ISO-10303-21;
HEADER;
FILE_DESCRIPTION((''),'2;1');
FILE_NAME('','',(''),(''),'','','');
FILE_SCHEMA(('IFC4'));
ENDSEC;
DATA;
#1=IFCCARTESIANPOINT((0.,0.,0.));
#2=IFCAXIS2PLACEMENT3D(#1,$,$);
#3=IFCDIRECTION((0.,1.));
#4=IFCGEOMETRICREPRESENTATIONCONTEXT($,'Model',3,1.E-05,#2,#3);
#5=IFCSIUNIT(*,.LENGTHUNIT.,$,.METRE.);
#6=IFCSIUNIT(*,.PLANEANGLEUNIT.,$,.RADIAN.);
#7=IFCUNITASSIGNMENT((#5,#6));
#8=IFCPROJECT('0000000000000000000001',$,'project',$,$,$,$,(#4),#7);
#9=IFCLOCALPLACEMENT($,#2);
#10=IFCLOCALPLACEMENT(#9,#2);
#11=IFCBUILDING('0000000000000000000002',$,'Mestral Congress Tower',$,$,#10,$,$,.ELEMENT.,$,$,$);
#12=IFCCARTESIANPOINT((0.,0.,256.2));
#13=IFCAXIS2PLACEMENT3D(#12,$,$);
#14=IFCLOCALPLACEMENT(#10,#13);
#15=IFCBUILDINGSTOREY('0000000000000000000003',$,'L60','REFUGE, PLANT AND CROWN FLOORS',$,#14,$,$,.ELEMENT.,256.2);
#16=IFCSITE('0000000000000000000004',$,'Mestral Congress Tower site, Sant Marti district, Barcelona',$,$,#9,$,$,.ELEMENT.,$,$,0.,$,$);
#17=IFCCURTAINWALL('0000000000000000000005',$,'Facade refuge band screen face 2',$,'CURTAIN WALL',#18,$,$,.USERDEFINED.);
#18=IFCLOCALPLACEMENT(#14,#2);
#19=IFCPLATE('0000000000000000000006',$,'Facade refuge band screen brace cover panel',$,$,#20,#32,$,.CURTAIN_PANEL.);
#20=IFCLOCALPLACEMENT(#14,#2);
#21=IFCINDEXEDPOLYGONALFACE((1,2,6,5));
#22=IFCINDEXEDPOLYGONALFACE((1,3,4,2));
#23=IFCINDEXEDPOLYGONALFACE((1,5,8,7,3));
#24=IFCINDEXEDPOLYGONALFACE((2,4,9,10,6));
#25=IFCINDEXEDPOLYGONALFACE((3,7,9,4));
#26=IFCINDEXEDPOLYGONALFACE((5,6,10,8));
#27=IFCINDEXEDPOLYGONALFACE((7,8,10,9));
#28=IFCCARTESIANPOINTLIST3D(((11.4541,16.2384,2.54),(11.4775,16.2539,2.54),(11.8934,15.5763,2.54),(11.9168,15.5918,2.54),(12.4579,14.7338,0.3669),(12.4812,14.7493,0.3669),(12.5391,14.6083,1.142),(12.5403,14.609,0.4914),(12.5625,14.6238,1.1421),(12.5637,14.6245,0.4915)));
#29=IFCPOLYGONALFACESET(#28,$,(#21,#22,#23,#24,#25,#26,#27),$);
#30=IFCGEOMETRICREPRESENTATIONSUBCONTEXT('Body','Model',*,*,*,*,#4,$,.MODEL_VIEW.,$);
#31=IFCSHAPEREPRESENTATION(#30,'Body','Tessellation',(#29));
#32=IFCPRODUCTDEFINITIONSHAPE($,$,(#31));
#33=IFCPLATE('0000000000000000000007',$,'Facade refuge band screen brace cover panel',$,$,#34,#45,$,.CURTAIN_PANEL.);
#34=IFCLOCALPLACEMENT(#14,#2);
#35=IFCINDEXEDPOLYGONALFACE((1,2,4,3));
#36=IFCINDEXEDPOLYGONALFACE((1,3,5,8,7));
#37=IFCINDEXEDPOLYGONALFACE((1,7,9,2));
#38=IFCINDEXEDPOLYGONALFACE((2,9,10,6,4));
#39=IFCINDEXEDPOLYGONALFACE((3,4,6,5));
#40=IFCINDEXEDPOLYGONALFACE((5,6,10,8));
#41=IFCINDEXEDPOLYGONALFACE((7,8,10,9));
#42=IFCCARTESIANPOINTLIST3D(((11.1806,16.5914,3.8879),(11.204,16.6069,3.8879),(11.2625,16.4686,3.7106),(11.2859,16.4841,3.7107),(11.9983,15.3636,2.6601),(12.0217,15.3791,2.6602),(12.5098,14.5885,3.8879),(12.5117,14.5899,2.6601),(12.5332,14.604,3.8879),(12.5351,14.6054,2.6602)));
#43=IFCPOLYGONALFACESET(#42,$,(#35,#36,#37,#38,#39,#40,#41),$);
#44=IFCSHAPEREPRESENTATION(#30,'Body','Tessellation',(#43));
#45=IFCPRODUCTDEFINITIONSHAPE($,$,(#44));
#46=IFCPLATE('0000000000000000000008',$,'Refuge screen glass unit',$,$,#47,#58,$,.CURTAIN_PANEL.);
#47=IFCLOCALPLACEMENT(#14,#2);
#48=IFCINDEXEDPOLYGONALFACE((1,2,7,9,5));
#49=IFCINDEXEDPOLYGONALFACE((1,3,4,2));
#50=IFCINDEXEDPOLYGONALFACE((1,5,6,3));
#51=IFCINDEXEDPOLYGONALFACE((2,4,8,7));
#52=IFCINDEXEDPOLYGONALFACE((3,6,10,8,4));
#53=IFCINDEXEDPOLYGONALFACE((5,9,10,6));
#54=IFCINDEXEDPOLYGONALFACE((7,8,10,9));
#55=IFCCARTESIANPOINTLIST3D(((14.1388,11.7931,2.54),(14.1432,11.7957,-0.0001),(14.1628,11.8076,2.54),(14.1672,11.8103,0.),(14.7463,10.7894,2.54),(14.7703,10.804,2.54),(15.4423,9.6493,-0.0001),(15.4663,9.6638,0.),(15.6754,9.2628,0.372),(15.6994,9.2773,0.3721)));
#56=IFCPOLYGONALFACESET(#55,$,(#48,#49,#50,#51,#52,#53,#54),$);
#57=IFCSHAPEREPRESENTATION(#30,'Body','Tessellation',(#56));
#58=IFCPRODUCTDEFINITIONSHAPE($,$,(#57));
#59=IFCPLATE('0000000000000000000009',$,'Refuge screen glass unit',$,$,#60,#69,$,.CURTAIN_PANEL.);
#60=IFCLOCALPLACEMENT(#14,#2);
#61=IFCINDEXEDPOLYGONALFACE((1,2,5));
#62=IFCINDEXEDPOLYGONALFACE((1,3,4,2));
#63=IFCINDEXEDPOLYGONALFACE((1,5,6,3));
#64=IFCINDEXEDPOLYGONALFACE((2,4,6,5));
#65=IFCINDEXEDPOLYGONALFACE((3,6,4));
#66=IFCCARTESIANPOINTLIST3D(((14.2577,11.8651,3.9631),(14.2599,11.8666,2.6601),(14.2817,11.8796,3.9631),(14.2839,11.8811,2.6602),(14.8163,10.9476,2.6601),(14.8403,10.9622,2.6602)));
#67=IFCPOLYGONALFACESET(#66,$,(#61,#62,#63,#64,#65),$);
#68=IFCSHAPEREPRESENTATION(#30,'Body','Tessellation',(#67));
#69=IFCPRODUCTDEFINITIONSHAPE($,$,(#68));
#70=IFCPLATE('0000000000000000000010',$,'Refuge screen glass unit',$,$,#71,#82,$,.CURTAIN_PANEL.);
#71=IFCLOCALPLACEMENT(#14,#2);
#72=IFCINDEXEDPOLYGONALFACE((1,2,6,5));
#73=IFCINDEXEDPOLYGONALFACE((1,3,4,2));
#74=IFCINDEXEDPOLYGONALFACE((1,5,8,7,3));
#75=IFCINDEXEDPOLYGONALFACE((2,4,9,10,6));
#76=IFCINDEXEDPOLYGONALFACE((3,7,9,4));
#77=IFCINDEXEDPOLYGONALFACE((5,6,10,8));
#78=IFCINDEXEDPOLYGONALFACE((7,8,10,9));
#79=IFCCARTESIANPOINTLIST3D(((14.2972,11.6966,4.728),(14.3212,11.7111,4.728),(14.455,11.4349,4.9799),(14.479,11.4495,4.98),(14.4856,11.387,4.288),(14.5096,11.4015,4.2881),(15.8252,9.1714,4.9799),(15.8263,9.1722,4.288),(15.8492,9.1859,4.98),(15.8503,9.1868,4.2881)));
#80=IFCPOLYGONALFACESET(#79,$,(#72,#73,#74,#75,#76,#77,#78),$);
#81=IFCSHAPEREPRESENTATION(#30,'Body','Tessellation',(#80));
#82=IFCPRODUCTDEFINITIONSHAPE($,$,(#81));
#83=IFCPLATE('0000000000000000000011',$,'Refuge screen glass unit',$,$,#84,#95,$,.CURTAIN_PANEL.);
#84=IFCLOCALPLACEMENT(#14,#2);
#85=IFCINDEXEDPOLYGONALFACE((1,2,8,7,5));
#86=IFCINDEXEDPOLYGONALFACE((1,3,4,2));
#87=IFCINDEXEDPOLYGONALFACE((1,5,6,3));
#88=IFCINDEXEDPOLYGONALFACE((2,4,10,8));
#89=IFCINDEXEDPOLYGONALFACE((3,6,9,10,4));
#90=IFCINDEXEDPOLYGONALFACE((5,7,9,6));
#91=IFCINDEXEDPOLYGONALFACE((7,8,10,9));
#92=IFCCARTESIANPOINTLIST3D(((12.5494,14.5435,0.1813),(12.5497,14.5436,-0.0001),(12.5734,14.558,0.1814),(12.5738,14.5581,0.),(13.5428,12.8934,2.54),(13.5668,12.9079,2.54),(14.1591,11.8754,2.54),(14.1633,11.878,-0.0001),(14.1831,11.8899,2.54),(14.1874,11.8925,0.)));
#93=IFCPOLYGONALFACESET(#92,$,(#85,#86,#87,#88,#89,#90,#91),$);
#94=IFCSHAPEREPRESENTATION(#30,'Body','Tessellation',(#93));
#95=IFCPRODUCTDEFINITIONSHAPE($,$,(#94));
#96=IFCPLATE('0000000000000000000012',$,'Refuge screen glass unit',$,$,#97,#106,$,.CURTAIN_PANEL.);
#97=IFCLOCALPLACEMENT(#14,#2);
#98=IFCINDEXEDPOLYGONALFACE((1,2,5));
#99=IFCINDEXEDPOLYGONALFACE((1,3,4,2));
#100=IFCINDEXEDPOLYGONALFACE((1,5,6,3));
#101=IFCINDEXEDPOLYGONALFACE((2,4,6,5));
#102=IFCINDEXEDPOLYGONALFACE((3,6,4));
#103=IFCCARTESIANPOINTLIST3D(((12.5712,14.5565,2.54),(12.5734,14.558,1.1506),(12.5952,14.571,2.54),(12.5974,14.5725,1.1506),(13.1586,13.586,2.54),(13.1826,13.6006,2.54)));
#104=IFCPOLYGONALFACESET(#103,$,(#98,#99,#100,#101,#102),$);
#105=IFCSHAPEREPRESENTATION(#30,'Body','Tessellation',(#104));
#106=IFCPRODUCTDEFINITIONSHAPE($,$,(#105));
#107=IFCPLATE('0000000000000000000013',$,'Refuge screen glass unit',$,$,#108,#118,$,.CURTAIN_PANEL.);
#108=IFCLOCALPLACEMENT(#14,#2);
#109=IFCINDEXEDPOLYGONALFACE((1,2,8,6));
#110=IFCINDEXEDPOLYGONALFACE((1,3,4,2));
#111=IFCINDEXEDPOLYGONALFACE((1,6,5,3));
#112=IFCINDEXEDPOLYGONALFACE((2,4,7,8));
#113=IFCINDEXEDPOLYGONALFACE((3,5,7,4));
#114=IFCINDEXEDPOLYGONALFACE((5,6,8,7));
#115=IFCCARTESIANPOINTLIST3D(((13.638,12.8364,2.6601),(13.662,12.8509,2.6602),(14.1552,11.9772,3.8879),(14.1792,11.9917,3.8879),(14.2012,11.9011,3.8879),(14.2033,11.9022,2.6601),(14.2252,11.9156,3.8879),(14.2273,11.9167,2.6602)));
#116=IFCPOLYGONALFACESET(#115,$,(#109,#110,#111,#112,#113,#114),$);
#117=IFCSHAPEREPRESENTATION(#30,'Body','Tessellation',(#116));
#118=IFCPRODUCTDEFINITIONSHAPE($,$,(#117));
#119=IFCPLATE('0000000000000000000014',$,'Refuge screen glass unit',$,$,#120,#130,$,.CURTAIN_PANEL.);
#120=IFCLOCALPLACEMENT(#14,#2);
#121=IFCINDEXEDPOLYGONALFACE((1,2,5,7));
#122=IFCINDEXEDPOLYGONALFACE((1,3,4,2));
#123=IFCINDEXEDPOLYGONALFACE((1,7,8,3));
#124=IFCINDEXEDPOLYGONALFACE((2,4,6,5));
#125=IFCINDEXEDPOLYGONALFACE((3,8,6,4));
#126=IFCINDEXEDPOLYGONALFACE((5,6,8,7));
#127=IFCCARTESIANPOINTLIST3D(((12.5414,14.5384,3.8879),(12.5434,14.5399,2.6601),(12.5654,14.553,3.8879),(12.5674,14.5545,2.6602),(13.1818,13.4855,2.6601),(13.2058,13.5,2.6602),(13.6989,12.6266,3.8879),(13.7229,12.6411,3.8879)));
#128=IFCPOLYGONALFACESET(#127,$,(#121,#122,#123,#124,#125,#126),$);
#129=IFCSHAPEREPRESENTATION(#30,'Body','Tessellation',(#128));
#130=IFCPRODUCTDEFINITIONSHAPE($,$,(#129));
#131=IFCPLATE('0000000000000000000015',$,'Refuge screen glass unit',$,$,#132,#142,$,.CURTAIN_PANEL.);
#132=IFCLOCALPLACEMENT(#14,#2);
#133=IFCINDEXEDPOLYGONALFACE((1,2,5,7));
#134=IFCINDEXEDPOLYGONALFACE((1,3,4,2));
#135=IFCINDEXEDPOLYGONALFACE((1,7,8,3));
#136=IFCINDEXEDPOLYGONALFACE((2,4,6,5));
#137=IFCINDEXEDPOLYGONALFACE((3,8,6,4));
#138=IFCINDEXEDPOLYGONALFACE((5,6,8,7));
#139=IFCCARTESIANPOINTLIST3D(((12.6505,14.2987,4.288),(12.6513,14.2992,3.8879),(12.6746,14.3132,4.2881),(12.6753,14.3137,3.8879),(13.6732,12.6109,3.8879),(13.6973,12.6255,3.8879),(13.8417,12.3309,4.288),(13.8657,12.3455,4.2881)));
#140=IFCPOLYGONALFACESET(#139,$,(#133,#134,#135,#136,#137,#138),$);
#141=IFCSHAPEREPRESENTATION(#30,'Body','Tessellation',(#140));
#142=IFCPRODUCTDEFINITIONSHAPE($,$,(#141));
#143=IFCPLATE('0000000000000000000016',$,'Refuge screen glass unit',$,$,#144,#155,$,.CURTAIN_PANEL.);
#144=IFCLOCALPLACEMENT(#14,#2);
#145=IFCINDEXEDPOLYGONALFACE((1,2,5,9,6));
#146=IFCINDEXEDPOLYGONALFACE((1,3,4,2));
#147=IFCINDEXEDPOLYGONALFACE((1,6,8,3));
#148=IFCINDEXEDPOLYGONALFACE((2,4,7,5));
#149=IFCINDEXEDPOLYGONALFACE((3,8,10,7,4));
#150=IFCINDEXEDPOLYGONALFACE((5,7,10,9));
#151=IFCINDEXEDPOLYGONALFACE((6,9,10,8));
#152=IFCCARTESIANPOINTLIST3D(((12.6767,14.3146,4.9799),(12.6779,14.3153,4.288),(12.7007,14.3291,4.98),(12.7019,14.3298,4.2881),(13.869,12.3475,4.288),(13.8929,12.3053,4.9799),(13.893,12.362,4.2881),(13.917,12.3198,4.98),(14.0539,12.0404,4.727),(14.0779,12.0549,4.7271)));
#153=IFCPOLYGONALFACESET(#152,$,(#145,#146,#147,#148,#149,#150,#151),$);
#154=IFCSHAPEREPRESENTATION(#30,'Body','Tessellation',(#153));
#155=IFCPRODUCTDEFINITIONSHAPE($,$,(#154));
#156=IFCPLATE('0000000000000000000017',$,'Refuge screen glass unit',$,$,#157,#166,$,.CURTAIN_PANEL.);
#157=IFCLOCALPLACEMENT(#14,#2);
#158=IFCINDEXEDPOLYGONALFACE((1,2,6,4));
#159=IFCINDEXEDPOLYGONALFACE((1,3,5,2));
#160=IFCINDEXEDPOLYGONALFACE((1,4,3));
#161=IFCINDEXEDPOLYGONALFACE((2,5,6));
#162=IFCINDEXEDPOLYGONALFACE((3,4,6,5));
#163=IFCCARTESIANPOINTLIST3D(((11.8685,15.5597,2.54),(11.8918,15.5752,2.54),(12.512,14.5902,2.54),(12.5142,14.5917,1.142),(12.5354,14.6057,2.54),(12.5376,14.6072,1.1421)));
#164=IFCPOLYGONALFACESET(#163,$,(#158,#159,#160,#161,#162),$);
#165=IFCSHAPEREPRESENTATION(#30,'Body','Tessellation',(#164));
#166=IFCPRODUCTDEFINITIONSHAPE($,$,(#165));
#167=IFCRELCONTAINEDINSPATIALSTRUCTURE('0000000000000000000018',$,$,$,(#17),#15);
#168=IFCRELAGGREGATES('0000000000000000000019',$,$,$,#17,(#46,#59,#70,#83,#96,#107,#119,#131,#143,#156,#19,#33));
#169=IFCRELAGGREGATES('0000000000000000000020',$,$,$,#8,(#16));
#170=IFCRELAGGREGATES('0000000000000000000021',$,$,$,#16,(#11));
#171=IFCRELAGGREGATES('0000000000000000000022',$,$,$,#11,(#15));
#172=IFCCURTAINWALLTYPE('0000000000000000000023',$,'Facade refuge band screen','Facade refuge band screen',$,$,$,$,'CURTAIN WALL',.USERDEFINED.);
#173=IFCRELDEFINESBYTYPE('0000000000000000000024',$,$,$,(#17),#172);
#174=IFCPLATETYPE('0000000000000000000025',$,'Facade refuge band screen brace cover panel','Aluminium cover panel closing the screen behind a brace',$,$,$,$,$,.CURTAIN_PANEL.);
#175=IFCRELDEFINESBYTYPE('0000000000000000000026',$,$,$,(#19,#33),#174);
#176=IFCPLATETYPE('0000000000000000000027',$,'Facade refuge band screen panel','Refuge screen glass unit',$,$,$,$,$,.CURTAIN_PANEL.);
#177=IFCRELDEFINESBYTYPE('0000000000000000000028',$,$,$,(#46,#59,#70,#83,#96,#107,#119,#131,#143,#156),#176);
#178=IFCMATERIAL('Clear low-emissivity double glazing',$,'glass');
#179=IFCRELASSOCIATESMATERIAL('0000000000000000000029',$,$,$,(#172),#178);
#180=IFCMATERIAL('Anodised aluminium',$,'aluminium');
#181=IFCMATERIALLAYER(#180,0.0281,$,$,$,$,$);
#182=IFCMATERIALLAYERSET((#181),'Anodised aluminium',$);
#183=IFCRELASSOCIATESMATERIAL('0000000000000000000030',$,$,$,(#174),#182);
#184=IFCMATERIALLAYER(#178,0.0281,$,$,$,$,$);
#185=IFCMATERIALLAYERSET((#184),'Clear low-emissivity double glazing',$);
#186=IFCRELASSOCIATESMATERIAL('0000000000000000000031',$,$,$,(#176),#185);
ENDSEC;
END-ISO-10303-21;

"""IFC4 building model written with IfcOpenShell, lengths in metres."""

from ifc_helpers import new_model, si_unit, direction, frame, origin, place, context, subcontext, project, spatial, polyline, outline, extrude, material, layer, layer_set, type_object, element, aggregate, save


model = new_model("IFC4")

# Units and contexts
model_context = context("Model", 3, precision=1e-05, world=origin(), true_north=direction((0.0, 1.0)))
body_context = subcontext(model_context, "Body", "Model", "MODEL_VIEW")
ifc_project = project(units=[si_unit("LENGTHUNIT", "METRE"), si_unit("PLANEANGLEUNIT", "RADIAN")], contexts=[model_context])

# Site, building, storey
site_placement = place(None, origin())
site = spatial("IfcSite", under=ifc_project, at=site_placement, Name="Mestral Congress Tower site, Sant Marti district, Barcelona", CompositionType="ELEMENT", RefElevation=0.0)
building_placement = place(site_placement, origin())
building = spatial("IfcBuilding", under=site, at=building_placement, Name="Mestral Congress Tower", CompositionType="ELEMENT")
storey_placement = place(building_placement, frame((0.0, 0.0, 256.2)))
storey = spatial("IfcBuildingStorey", under=building, at=storey_placement, Name="L60", Description="REFUGE, PLANT AND CROWN FLOORS", CompositionType="ELEMENT", Elevation=256.2)

# Curtain wall
ifc_material_1 = material(Name="Clear low-emissivity double glazing", Category="glass")
curtain_wall_type = type_object("IfcCurtainWallType", Name="Facade refuge band screen", Description="Facade refuge band screen", ElementType="CURTAIN WALL", PredefinedType="USERDEFINED", material=ifc_material_1)
curtain_wall_placement = place(storey_placement, origin())
curtain_wall = element("IfcCurtainWall", 1, at=curtain_wall_placement, inside=storey, type_object=curtain_wall_type, Name="Facade refuge band screen face 2", ObjectType="CURTAIN WALL", PredefinedType="USERDEFINED")
ifc_material_2 = material(Name="Anodised aluminium", Category="aluminium")

# Plates
ifc_layer_1 = layer(ifc_material_2, 0.0281)
ifc_layer_set_1 = layer_set([ifc_layer_1], Name="Anodised aluminium")
plate_type_1 = type_object("IfcPlateType", Name="Facade refuge band screen brace cover panel", Description="Aluminium cover panel closing the screen behind a brace", PredefinedType="CURTAIN_PANEL", material=ifc_layer_set_1)
plate_1_placement = place(storey_placement, frame((11.4775, 16.2539, 2.54), z_axis=(0.8333, 0.552818, 0.002123), x_axis=(0.355006, -0.532172, -0.768612)))
plate_1 = element("IfcPlate", 2, at=plate_1_placement, type_object=plate_type_1, Name="Facade refuge band screen brace cover panel", PredefinedType="CURTAIN_PANEL", context=body_context, shape_type="SweptSolid", body=[
    extrude(outline(polyline([(0.0, 0.0), (2.8273, 0.0), (2.8273, -0.1946), (2.3272, -0.6108), (0.5083, -0.6107), (0.0, 0.0)])), origin(), (0.0, 0.0, -1.0), 0.0281),
])
plate_2_placement = place(storey_placement, frame((11.2859, 16.4841, 3.7107), z_axis=(0.833214, 0.552947, 0.001935), x_axis=(0.434609, -0.652724, -0.620538)))
plate_2 = element("IfcPlate", 3, at=plate_2_placement, type_object=plate_type_1, Name="Facade refuge band screen brace cover panel", PredefinedType="CURTAIN_PANEL", context=body_context, shape_type="SweptSolid", body=[
    extrude(outline(polyline([(0.0, 0.0), (1.6929, 0.0), (2.4211, -0.5762), (1.6593, -1.5391), (-0.2257, -0.0474), (0.0, 0.0)])), origin(), (0.0, 0.0, -1.0), 0.0281),
])
ifc_layer_2 = layer(ifc_material_1, 0.0281)
ifc_layer_set_2 = layer_set([ifc_layer_2], Name="Clear low-emissivity double glazing")
plate_type_2 = type_object("IfcPlateType", Name="Facade refuge band screen panel", Description="Refuge screen glass unit", PredefinedType="CURTAIN_PANEL", material=ifc_layer_set_2)
plate_3_placement = place(storey_placement, frame((14.1628, 11.8076, 2.54), z_axis=(0.855505, 0.517791, 0.002014), x_axis=(0.001719, 0.00105, -0.999998)))
plate_3 = element("IfcPlate", 4, at=plate_3_placement, type_object=plate_type_2, Name="Refuge screen glass unit", PredefinedType="CURTAIN_PANEL", context=body_context, shape_type="SweptSolid", body=[
    extrude(outline(polyline([(0.0, 0.0), (2.54, 0.0), (2.54, -2.509), (2.1679, -2.9603), (0.0, -1.1732), (0.0, 0.0)])), origin(), (0.0, 0.0, -1.0), 0.0281),
])
plate_4_placement = place(storey_placement, frame((14.8403, 10.9622, 2.6602), z_axis=(0.855419, 0.517933, 0.002025), x_axis=(-0.330792, 0.543321, 0.771608)))
plate_4 = element("IfcPlate", 5, at=plate_4_placement, type_object=plate_type_2, Name="Refuge screen glass unit", PredefinedType="CURTAIN_PANEL", context=body_context, shape_type="SweptSolid", body=[
    extrude(outline(polyline([(0.0, 0.0), (1.6887, 0.0), (0.6833, -0.8289), (0.0, 0.0)])), origin(), (0.0, 0.0, -1.0), 0.0281),
])
plate_5_placement = place(storey_placement, frame((14.479, 11.4495, 4.98), z_axis=(0.855469, 0.51785, 0.002002), x_axis=(-0.398455, 0.660693, -0.636175)))
plate_5 = element("IfcPlate", 6, at=plate_5_placement, type_object=plate_type_2, Name="Refuge screen glass unit", PredefinedType="CURTAIN_PANEL", context=body_context, shape_type="SweptSolid", body=[
    extrude(outline(polyline([(0.0, 0.0), (0.396, 0.0), (0.3963, -0.57), (-1.6012, -2.217), (-2.0415, -1.6833), (0.0, 0.0)])), origin(), (0.0, 0.0, -1.0), 0.0281),
])
plate_6_placement = place(storey_placement, frame((14.1831, 11.8899, 2.54), z_axis=(0.85547, 0.517848, 0.001965), x_axis=(-0.517849, 0.855472, 0.0)))
plate_6 = element("IfcPlate", 7, at=plate_6_placement, type_object=plate_type_2, Name="Refuge screen glass unit", PredefinedType="CURTAIN_PANEL", context=body_context, shape_type="SweptSolid", body=[
    extrude(outline(polyline([(0.0, 0.0), (1.19, 0.0), (3.1161, -2.3586), (3.116, -2.54), (0.0, -2.54), (0.0, 0.0)])), origin(), (0.0, 0.0, -1.0), 0.0281),
])
plate_7_placement = place(storey_placement, frame((12.5952, 14.571, 2.54), z_axis=(0.855491, 0.517814, 0.001899), x_axis=(0.001581, 0.001054, -0.999998)))
plate_7 = element("IfcPlate", 8, at=plate_7_placement, type_object=plate_type_2, Name="Refuge screen glass unit", PredefinedType="CURTAIN_PANEL", context=body_context, shape_type="SweptSolid", body=[
    extrude(outline(polyline([(0.0, 0.0), (1.3894, 0.0), (-0.0001, -1.1344), (0.0, 0.0)])), origin(), (0.0, 0.0, -1.0), 0.0281),
])
plate_8_placement = place(storey_placement, frame((14.1792, 11.9917, 3.8879), z_axis=(0.855552, 0.517714, 0.00191), x_axis=(-0.326241, 0.541989, -0.774477)))
plate_8 = element("IfcPlate", 9, at=plate_8_placement, type_object=plate_type_2, Name="Refuge screen glass unit", PredefinedType="CURTAIN_PANEL", context=body_context, shape_type="SweptSolid", body=[
    extrude(outline(polyline([(0.0, 0.0), (1.5853, 0.0), (0.8946, -0.8456), (-0.0563, -0.0689), (0.0, 0.0)])), origin(), (0.0, 0.0, -1.0), 0.0281),
])
plate_9_placement = place(storey_placement, frame((13.2058, 13.5, 2.6602), z_axis=(0.855434, 0.517907, 0.002002), x_axis=(0.326236, -0.541843, 0.774581)))
plate_9 = element("IfcPlate", 10, at=plate_9_placement, type_object=plate_type_2, Name="Refuge screen glass unit", PredefinedType="CURTAIN_PANEL", context=body_context, shape_type="SweptSolid", body=[
    extrude(outline(polyline([(0.0, 0.0), (1.5851, 0.0), (0.1716, -1.7311), (-0.7796, -0.9548), (0.0, 0.0)])), origin(), (0.0, 0.0, -1.0), 0.0281),
])
plate_10_placement = place(storey_placement, frame((12.6753, 14.3137, 3.8879), z_axis=(0.855468, 0.517851, 0.002228), x_axis=(0.517852, -0.85547, 0.0)))
plate_10 = element("IfcPlate", 11, at=plate_10_placement, type_object=plate_type_2, Name="Refuge screen glass unit", PredefinedType="CURTAIN_PANEL", context=body_context, shape_type="SweptSolid", body=[
    extrude(outline(polyline([(0.0, 0.0), (1.9735, 0.0), (2.3003, -0.4001), (0.0, -0.4001), (0.0, 0.0)])), origin(), (0.0, 0.0, -1.0), 0.0281),
])
plate_11_placement = place(storey_placement, frame((12.7007, 14.3291, 4.98), z_axis=(0.855474, 0.517841, 0.002042), x_axis=(0.001751, 0.001051, -0.999998)))
plate_11 = element("IfcPlate", 12, at=plate_11_placement, type_object=plate_type_2, Name="Refuge screen glass unit", PredefinedType="CURTAIN_PANEL", context=body_context, shape_type="SweptSolid", body=[
    extrude(outline(polyline([(0.0, 0.0), (0.6919, 0.0), (0.6919, -2.3002), (0.253, -2.6587), (0.0, -2.3487), (0.0, 0.0)])), origin(), (0.0, 0.0, -1.0), 0.0281),
])
plate_12_placement = place(storey_placement, frame((12.5354, 14.6057, 2.54), z_axis=(0.833145, 0.553052, 0.001889), x_axis=(-0.553053, 0.833146, 0.0)))
plate_12 = element("IfcPlate", 13, at=plate_12_placement, type_object=plate_type_2, Name="Refuge screen glass unit", PredefinedType="CURTAIN_PANEL", context=body_context, shape_type="SweptSolid", body=[
    extrude(outline(polyline([(0.0, 0.0), (1.1636, 0.0), (0.0, -1.398), (0.0, 0.0)])), origin(), (0.0, 0.0, -1.0), 0.0281),
])
aggregate(curtain_wall, [plate_3, plate_4, plate_5, plate_6, plate_7, plate_8, plate_9, plate_10, plate_11, plate_12, plate_1, plate_2])

save(model, "model.ifc")
